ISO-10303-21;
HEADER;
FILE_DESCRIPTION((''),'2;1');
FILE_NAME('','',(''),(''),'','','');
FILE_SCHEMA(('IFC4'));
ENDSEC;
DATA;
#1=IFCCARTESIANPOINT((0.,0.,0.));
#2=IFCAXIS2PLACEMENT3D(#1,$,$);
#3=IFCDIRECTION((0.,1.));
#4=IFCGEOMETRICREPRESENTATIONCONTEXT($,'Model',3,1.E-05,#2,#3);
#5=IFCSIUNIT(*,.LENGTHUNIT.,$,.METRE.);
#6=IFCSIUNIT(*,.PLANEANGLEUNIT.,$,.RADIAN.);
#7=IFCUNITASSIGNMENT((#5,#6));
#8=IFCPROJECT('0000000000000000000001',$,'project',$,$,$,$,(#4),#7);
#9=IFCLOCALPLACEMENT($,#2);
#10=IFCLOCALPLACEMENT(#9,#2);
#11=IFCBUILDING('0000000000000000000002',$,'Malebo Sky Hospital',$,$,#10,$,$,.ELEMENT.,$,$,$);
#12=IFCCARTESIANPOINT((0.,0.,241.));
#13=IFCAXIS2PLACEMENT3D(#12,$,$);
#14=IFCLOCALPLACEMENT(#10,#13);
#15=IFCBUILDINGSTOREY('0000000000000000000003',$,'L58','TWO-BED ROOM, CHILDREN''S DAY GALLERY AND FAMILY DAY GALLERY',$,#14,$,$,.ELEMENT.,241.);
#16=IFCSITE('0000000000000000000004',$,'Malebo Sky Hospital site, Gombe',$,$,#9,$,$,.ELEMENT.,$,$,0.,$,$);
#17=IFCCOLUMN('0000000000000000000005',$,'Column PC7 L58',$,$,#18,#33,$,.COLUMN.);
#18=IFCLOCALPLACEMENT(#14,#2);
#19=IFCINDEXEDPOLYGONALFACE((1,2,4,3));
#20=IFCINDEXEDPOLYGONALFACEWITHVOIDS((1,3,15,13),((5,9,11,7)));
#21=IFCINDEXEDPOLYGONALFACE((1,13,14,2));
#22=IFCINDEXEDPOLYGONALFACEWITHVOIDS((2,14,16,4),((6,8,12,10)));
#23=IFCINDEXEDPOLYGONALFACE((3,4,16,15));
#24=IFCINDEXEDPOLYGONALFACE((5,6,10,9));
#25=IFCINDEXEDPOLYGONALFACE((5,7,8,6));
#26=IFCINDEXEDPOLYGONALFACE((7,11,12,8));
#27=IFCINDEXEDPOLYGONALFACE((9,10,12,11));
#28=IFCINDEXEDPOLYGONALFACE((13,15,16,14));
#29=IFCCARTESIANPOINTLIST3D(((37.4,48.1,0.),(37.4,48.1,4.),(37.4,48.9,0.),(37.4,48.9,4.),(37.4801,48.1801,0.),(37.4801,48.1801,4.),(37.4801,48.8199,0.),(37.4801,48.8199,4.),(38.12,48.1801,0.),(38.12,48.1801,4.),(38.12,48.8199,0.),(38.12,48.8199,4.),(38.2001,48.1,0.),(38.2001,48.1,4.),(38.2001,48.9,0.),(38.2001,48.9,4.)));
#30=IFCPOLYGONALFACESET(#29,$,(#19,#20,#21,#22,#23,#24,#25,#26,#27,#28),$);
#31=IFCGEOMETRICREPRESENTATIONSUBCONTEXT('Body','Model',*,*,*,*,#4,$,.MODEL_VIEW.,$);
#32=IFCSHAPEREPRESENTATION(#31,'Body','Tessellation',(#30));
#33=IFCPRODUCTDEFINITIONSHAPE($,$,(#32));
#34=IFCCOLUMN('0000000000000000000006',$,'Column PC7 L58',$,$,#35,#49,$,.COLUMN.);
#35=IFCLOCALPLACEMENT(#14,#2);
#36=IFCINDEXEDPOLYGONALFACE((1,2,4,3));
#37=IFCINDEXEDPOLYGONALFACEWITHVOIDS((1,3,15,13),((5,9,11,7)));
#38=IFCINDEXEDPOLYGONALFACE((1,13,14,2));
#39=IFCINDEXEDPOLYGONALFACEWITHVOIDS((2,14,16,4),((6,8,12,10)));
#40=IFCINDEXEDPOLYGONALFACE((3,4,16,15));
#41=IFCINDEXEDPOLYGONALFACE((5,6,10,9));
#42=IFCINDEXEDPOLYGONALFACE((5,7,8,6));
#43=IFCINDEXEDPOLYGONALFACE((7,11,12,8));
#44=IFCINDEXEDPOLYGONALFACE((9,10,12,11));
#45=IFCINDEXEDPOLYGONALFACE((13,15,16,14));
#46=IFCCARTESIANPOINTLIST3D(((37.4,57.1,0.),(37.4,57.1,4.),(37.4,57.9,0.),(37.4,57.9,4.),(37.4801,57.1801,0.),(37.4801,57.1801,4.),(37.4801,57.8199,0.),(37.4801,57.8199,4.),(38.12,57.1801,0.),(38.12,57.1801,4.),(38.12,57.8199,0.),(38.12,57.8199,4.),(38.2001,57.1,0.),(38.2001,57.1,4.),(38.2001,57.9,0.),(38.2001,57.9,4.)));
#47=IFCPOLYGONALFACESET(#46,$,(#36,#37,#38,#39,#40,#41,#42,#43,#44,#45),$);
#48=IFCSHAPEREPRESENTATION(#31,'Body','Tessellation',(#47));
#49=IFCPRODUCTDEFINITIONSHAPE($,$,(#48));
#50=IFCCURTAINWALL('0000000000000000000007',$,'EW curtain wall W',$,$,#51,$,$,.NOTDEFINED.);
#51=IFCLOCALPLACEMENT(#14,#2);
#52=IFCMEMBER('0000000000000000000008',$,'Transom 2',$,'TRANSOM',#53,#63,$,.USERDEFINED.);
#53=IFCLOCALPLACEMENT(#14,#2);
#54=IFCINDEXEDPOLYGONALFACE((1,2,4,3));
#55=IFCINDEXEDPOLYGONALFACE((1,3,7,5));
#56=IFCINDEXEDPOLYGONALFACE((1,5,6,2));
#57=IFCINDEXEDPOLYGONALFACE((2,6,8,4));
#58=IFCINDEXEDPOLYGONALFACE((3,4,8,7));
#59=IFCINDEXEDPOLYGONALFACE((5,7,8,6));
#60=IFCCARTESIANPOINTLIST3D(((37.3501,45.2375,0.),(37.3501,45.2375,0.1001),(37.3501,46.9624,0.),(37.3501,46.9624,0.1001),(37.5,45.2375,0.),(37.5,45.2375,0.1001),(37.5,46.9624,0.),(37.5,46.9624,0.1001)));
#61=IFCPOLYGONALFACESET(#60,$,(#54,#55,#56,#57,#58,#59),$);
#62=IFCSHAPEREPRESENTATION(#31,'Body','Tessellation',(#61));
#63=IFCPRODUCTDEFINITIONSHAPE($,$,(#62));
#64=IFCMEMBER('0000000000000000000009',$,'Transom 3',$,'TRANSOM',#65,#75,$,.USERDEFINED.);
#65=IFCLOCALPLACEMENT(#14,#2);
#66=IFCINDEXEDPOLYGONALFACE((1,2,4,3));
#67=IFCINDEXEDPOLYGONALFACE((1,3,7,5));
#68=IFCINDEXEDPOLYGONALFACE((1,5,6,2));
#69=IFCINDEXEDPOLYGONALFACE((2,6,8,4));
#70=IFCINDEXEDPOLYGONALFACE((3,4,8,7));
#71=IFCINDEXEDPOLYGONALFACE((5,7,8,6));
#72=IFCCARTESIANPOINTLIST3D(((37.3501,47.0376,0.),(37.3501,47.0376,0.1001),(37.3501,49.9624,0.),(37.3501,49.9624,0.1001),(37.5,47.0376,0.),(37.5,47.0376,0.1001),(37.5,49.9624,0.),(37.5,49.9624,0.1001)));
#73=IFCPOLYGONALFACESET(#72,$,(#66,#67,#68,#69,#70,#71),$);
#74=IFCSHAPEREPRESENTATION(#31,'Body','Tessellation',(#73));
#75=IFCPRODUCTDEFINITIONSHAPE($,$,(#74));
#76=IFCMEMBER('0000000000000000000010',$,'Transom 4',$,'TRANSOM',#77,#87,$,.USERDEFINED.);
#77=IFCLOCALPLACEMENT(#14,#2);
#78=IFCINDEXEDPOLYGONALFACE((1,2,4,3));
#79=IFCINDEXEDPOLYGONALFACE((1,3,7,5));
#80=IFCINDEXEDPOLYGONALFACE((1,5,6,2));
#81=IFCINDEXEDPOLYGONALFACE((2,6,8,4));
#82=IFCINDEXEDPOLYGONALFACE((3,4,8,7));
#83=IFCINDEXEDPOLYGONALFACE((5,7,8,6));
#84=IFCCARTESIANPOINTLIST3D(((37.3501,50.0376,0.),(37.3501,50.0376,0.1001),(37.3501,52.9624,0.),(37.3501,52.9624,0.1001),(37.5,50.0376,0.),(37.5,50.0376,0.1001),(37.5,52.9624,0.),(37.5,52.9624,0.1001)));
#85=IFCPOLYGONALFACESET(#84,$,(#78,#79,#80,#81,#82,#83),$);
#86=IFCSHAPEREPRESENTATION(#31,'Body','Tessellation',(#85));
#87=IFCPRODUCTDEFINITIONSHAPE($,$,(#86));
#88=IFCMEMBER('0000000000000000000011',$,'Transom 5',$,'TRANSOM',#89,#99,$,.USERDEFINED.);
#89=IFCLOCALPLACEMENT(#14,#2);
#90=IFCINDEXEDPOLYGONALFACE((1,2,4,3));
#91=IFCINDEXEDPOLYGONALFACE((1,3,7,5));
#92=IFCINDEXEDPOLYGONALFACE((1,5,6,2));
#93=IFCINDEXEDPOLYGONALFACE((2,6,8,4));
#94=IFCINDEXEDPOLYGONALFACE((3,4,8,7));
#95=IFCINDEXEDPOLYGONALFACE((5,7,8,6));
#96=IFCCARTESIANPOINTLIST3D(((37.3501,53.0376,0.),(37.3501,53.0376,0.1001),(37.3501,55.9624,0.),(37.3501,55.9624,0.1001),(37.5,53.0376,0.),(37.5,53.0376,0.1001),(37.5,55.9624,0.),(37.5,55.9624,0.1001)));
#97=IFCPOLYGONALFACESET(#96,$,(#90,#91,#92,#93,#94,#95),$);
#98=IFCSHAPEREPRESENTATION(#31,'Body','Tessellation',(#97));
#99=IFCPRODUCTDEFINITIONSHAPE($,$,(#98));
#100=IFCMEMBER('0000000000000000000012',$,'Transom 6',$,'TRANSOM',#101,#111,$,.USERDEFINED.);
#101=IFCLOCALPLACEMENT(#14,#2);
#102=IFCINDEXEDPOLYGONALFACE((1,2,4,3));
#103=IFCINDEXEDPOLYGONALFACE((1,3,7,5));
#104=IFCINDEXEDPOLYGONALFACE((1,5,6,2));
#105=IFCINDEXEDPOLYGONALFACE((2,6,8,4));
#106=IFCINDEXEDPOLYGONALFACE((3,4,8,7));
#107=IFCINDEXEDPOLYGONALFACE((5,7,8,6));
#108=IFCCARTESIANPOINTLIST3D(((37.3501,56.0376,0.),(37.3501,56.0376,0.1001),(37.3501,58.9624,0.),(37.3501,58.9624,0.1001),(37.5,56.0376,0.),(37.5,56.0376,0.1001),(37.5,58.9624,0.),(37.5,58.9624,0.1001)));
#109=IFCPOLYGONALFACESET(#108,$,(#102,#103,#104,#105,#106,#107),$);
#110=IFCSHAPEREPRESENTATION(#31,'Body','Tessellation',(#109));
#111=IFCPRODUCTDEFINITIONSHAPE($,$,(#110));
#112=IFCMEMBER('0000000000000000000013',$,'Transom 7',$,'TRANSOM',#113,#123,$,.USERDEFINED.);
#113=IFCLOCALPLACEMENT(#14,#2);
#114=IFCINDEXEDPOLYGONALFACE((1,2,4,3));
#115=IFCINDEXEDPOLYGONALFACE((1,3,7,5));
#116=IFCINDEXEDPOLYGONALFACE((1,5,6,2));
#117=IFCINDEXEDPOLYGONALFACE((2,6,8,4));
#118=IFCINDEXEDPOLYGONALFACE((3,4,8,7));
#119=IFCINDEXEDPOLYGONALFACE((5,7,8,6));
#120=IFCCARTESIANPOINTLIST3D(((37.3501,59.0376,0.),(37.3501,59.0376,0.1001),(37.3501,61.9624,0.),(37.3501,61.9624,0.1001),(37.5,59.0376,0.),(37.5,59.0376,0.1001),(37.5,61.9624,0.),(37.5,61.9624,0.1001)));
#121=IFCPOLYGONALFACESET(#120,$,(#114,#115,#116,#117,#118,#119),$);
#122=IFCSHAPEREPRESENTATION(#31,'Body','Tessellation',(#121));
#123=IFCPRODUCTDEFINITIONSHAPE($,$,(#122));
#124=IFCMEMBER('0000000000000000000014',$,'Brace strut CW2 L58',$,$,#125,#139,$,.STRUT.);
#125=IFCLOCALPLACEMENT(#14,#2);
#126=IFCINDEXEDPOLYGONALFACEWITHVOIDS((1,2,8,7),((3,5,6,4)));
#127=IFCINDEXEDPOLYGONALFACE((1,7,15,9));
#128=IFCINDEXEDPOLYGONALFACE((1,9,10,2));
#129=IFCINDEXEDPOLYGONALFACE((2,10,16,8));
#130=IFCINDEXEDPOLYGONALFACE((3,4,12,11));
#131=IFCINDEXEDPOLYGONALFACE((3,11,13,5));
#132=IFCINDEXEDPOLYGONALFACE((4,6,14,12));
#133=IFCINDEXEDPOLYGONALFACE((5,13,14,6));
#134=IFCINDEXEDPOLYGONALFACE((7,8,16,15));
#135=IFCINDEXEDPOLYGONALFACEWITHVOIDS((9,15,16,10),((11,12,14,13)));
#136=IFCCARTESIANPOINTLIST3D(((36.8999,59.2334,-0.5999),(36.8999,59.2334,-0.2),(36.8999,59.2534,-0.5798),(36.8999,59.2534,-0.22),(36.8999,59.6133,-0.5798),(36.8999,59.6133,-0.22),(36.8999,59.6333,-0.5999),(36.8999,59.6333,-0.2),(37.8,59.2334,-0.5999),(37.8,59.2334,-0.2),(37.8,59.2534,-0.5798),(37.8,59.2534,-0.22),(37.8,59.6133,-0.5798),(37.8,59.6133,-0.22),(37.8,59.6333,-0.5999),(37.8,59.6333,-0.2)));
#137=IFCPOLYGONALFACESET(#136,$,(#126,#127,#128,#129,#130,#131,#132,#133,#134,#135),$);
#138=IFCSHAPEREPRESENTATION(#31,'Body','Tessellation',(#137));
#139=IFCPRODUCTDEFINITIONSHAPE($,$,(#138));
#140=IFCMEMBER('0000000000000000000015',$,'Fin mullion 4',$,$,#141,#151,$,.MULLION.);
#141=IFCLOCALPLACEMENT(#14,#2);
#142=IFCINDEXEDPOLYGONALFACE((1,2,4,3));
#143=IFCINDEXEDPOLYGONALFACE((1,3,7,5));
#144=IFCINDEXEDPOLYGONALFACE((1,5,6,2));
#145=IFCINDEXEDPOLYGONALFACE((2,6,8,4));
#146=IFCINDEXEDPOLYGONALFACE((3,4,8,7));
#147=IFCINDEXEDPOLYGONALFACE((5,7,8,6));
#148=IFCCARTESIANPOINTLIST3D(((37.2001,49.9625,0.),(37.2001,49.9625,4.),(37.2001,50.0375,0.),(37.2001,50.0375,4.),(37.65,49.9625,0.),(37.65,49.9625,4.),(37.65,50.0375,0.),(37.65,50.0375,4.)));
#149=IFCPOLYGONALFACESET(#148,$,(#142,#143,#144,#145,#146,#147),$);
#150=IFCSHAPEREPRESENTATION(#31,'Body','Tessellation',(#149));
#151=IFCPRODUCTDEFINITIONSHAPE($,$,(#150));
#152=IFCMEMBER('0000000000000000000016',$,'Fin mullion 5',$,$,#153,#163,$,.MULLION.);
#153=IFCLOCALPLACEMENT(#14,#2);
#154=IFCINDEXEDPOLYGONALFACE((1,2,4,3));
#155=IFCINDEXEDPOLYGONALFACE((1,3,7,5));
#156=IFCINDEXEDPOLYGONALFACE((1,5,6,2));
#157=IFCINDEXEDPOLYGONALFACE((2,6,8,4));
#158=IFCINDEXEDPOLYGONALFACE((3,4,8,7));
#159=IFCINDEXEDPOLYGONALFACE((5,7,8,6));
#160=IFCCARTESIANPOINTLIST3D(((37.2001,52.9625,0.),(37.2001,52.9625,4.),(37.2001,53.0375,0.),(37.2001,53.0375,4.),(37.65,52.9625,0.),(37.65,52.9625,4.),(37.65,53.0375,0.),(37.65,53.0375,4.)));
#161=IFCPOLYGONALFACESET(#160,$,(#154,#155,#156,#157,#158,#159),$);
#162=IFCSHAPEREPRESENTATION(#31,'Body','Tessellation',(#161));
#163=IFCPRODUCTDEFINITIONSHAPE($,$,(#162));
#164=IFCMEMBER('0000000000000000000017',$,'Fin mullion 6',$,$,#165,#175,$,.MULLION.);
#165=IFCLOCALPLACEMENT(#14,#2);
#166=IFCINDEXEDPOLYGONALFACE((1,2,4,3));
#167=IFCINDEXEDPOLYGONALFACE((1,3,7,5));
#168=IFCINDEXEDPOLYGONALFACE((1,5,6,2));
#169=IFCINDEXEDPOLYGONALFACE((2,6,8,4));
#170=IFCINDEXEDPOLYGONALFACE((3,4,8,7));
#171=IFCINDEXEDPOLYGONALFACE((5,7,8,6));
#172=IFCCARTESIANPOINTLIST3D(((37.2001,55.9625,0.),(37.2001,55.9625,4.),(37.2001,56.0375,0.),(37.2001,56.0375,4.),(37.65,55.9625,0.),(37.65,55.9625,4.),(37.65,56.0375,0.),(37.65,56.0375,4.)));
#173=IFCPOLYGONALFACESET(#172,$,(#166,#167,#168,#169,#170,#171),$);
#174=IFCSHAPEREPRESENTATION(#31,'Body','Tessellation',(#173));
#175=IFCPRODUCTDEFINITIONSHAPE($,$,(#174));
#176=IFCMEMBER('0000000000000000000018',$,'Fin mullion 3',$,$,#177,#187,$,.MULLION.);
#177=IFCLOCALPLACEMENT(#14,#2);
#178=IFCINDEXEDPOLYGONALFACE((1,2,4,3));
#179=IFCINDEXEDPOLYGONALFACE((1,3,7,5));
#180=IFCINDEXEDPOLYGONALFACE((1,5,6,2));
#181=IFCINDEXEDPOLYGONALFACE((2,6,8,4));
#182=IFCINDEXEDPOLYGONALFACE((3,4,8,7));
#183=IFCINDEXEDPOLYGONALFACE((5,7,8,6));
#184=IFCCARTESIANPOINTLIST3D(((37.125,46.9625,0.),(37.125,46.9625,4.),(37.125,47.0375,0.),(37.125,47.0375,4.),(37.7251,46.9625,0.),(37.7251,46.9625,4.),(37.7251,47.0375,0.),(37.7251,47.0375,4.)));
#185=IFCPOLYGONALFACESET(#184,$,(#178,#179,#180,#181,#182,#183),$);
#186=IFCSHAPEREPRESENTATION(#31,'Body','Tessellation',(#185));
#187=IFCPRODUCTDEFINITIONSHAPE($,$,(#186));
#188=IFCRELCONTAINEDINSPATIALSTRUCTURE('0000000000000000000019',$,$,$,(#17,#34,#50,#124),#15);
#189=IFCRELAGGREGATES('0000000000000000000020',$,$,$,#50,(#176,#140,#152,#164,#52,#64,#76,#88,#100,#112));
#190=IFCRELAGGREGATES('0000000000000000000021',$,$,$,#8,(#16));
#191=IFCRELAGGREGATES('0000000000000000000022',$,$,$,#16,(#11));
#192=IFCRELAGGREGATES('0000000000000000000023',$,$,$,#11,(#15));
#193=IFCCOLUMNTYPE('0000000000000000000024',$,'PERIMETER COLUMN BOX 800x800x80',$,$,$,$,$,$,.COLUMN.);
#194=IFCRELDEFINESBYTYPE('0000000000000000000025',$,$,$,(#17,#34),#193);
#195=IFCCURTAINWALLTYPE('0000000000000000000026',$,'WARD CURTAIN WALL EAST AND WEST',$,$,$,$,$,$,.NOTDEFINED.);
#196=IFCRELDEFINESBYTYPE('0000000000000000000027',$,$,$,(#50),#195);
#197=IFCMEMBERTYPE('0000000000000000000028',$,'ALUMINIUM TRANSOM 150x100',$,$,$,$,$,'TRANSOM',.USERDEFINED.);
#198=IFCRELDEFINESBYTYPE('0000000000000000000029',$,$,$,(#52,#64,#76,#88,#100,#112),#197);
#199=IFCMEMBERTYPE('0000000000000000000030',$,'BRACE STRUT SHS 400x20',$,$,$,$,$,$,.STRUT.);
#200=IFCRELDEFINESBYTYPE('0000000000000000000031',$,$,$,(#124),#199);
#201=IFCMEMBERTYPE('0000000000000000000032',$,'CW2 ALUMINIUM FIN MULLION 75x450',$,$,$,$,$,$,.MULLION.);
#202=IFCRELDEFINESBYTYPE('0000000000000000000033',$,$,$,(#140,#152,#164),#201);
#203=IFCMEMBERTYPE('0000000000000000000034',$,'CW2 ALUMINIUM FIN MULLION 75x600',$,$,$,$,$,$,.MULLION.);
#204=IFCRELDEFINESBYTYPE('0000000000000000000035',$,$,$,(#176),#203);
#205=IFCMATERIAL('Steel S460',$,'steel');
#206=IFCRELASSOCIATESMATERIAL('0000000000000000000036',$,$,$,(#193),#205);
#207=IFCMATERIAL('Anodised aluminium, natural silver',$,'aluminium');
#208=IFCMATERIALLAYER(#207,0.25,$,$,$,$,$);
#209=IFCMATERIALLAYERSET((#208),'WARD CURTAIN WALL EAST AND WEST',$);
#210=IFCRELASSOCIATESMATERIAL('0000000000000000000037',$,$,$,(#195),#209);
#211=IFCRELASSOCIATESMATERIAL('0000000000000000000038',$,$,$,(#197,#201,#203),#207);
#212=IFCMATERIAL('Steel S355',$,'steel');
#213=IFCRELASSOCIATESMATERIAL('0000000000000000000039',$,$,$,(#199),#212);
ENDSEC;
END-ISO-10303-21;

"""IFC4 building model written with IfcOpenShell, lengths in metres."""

from ifc_helpers import new_model, si_unit, direction, frame, origin, origin_2d, place, context, subcontext, project, spatial, rectangle, hollow_rectangle, extrude, material, layer, layer_set, material_profile, profile_set, type_object, element, aggregate, save


model = new_model("IFC4")

# Units and contexts
model_context = context("Model", 3, precision=1e-05, world=origin(), true_north=direction((0.0, 1.0)))
body_context = subcontext(model_context, "Body", "Model", "MODEL_VIEW")
ifc_project = project(units=[si_unit("LENGTHUNIT", "METRE"), si_unit("PLANEANGLEUNIT", "RADIAN")], contexts=[model_context])

# Site, building, storey
site_placement = place(None, origin())
site = spatial("IfcSite", under=ifc_project, at=site_placement, Name="Malebo Sky Hospital site, Gombe", CompositionType="ELEMENT", RefElevation=0.0)
building_placement = place(site_placement, origin())
building = spatial("IfcBuilding", under=site, at=building_placement, Name="Malebo Sky Hospital", CompositionType="ELEMENT")
storey_placement = place(building_placement, frame((0.0, 0.0, 241.0)))
storey = spatial("IfcBuildingStorey", under=building, at=storey_placement, Name="L58", Description="TWO-BED ROOM, CHILDREN'S DAY GALLERY AND FAMILY DAY GALLERY", CompositionType="ELEMENT", Elevation=241.0)

# Columns
ifc_material_1 = material(Name="Steel S460", Category="steel")
ifc_material_profile_1 = material_profile(ifc_material_1, hollow_rectangle(XDim=0.8, YDim=0.8, WallThickness=0.0801, at=origin_2d()), Name="BOX 800x800x80")
ifc_profile_set_1 = profile_set([ifc_material_profile_1], Name="Steel S460")
column_type = type_object("IfcColumnType", Name="PERIMETER COLUMN BOX 800x800x80", PredefinedType="COLUMN", material=ifc_profile_set_1)
for number, where, z_axis, x_axis, name in (
    (1, (37.8, 48.5, 0.0), (0.0, 0.0, 1.0), (1.0, 0.0, 0.0), "Column PC7 L58"),
    (2, (37.8, 57.5, 0.0), (0.0, 0.0, 1.0), (1.0, 0.0, 0.0), "Column PC7 L58"),
):
    element("IfcColumn", number, at=place(storey_placement, frame(where, z_axis=z_axis, x_axis=x_axis)), inside=storey, type_object=column_type, Name=name, PredefinedType="COLUMN", context=body_context, shape_type="SweptSolid", body=[
        extrude(hollow_rectangle(XDim=0.8, YDim=0.8, WallThickness=0.0801, at=origin_2d()), origin(), (0.0, 0.0, 1.0), 4.0),
    ])

# Curtain wall, members
ifc_material_2 = material(Name="Anodised aluminium, natural silver", Category="aluminium")
ifc_layer_1 = layer(ifc_material_2, 0.25)
ifc_layer_set_1 = layer_set([ifc_layer_1], Name="WARD CURTAIN WALL EAST AND WEST")
curtain_wall_type = type_object("IfcCurtainWallType", Name="WARD CURTAIN WALL EAST AND WEST", PredefinedType="NOTDEFINED", material=ifc_layer_set_1)
curtain_wall_placement = place(storey_placement, origin())
curtain_wall = element("IfcCurtainWall", 3, at=curtain_wall_placement, inside=storey, type_object=curtain_wall_type, Name="EW curtain wall W", PredefinedType="NOTDEFINED")
ifc_material_profile_2 = material_profile(ifc_material_2, rectangle(XDim=0.1499, YDim=0.1001, at=origin_2d()), Name="ALUMINIUM TRANSOM 150x100")
ifc_profile_set_2 = profile_set([ifc_material_profile_2], Name="Anodised aluminium, natural silver")
member_type_1 = type_object("IfcMemberType", Name="ALUMINIUM TRANSOM 150x100", ElementType="TRANSOM", PredefinedType="USERDEFINED", material=ifc_profile_set_2)
member_1_placement = place(storey_placement, frame((37.425, 45.2375, 0.05), z_axis=(0.0, 1.0, 0.0), x_axis=(-1.0, 0.0, 0.0)))
member_1 = element("IfcMember", 4, at=member_1_placement, type_object=member_type_1, Name="Transom 2", ObjectType="TRANSOM", PredefinedType="USERDEFINED", context=body_context, shape_type="SweptSolid", body=[
    extrude(rectangle(XDim=0.1499, YDim=0.1001, at=origin_2d()), origin(), (0.0, 0.0, 1.0), 1.7249),
])
member_2_placement = place(storey_placement, frame((37.425, 47.0376, 0.05), z_axis=(0.0, 1.0, 0.0), x_axis=(-1.0, 0.0, 0.0)))
member_2 = element("IfcMember", 5, at=member_2_placement, type_object=member_type_1, Name="Transom 3", ObjectType="TRANSOM", PredefinedType="USERDEFINED", context=body_context, shape_type="SweptSolid", body=[
    extrude(rectangle(XDim=0.1499, YDim=0.1001, at=origin_2d()), origin(), (0.0, 0.0, 1.0), 2.9248),
])
member_3_placement = place(storey_placement, frame((37.425, 50.0376, 0.05), z_axis=(0.0, 1.0, 0.0), x_axis=(-1.0, 0.0, 0.0)))
member_3 = element("IfcMember", 6, at=member_3_placement, type_object=member_type_1, Name="Transom 4", ObjectType="TRANSOM", PredefinedType="USERDEFINED", context=body_context, shape_type="SweptSolid", body=[
    extrude(rectangle(XDim=0.1499, YDim=0.1001, at=origin_2d()), origin(), (0.0, 0.0, 1.0), 2.9248),
])
member_4_placement = place(storey_placement, frame((37.425, 53.0376, 0.05), z_axis=(0.0, 1.0, 0.0), x_axis=(-1.0, 0.0, 0.0)))
member_4 = element("IfcMember", 7, at=member_4_placement, type_object=member_type_1, Name="Transom 5", ObjectType="TRANSOM", PredefinedType="USERDEFINED", context=body_context, shape_type="SweptSolid", body=[
    extrude(rectangle(XDim=0.1499, YDim=0.1001, at=origin_2d()), origin(), (0.0, 0.0, 1.0), 2.9248),
])
member_5_placement = place(storey_placement, frame((37.425, 56.0376, 0.05), z_axis=(0.0, 1.0, 0.0), x_axis=(-1.0, 0.0, 0.0)))
member_5 = element("IfcMember", 8, at=member_5_placement, type_object=member_type_1, Name="Transom 6", ObjectType="TRANSOM", PredefinedType="USERDEFINED", context=body_context, shape_type="SweptSolid", body=[
    extrude(rectangle(XDim=0.1499, YDim=0.1001, at=origin_2d()), origin(), (0.0, 0.0, 1.0), 2.9248),
])
member_6_placement = place(storey_placement, frame((37.425, 59.0376, 0.05), z_axis=(0.0, 1.0, 0.0), x_axis=(-1.0, 0.0, 0.0)))
member_6 = element("IfcMember", 9, at=member_6_placement, type_object=member_type_1, Name="Transom 7", ObjectType="TRANSOM", PredefinedType="USERDEFINED", context=body_context, shape_type="SweptSolid", body=[
    extrude(rectangle(XDim=0.1499, YDim=0.1001, at=origin_2d()), origin(), (0.0, 0.0, 1.0), 2.9248),
])

# Members
ifc_material_3 = material(Name="Steel S355", Category="steel")
ifc_material_profile_3 = material_profile(ifc_material_3, hollow_rectangle(XDim=0.3999, YDim=0.3999, WallThickness=0.02, at=origin_2d()), Name="SHS 400x20")
ifc_profile_set_3 = profile_set([ifc_material_profile_3], Name="Steel S355")
member_type_2 = type_object("IfcMemberType", Name="BRACE STRUT SHS 400x20", PredefinedType="STRUT", material=ifc_profile_set_3)
member_7_placement = place(storey_placement, frame((36.8999, 59.4333, -0.3999), z_axis=(1.0, 0.0, 0.0), x_axis=(0.0, 1.0, 0.0)))
element("IfcMember", 10, at=member_7_placement, inside=storey, type_object=member_type_2, Name="Brace strut CW2 L58", PredefinedType="STRUT", context=body_context, shape_type="SweptSolid", body=[
    extrude(hollow_rectangle(XDim=0.3999, YDim=0.3999, WallThickness=0.02, at=origin_2d()), origin(), (0.0, 0.0, 1.0), 0.9001),
])
ifc_material_profile_4 = material_profile(ifc_material_2, rectangle(XDim=0.075, YDim=0.45, at=origin_2d()), Name="CW2 ALUMINIUM FIN MULLION 75x450")
ifc_profile_set_4 = profile_set([ifc_material_profile_4], Name="Anodised aluminium, natural silver")
member_type_3 = type_object("IfcMemberType", Name="CW2 ALUMINIUM FIN MULLION 75x450", PredefinedType="MULLION", material=ifc_profile_set_4)
member_8_placement = place(storey_placement, frame((37.425, 50.0, 0.0), z_axis=(0.0, 0.0, 1.0), x_axis=(0.0, 1.0, 0.0)))
member_8 = element("IfcMember", 11, at=member_8_placement, type_object=member_type_3, Name="Fin mullion 4", PredefinedType="MULLION", context=body_context, shape_type="SweptSolid", body=[
    extrude(rectangle(XDim=0.075, YDim=0.45, at=origin_2d()), origin(), (0.0, 0.0, 1.0), 4.0),
])
member_9_placement = place(storey_placement, frame((37.425, 53.0, 0.0), z_axis=(0.0, 0.0, 1.0), x_axis=(0.0, 1.0, 0.0)))
member_9 = element("IfcMember", 12, at=member_9_placement, type_object=member_type_3, Name="Fin mullion 5", PredefinedType="MULLION", context=body_context, shape_type="SweptSolid", body=[
    extrude(rectangle(XDim=0.075, YDim=0.45, at=origin_2d()), origin(), (0.0, 0.0, 1.0), 4.0),
])
member_10_placement = place(storey_placement, frame((37.425, 56.0, 0.0), z_axis=(0.0, 0.0, 1.0), x_axis=(0.0, 1.0, 0.0)))
member_10 = element("IfcMember", 13, at=member_10_placement, type_object=member_type_3, Name="Fin mullion 6", PredefinedType="MULLION", context=body_context, shape_type="SweptSolid", body=[
    extrude(rectangle(XDim=0.075, YDim=0.45, at=origin_2d()), origin(), (0.0, 0.0, 1.0), 4.0),
])
ifc_material_profile_5 = material_profile(ifc_material_2, rectangle(XDim=0.075, YDim=0.6001, at=origin_2d()), Name="CW2 ALUMINIUM FIN MULLION 75x600")
ifc_profile_set_5 = profile_set([ifc_material_profile_5], Name="Anodised aluminium, natural silver")
member_type_4 = type_object("IfcMemberType", Name="CW2 ALUMINIUM FIN MULLION 75x600", PredefinedType="MULLION", material=ifc_profile_set_5)
member_11_placement = place(storey_placement, frame((37.425, 47.0, 0.0), z_axis=(0.0, 0.0, 1.0), x_axis=(0.0, 1.0, 0.0)))
member_11 = element("IfcMember", 14, at=member_11_placement, type_object=member_type_4, Name="Fin mullion 3", PredefinedType="MULLION", context=body_context, shape_type="SweptSolid", body=[
    extrude(rectangle(XDim=0.075, YDim=0.6001, at=origin_2d()), origin(), (0.0, 0.0, 1.0), 4.0),
])

aggregate(curtain_wall, [member_11, member_8, member_9, member_10, member_1, member_2, member_3, member_4, member_5, member_6])

save(model, "model.ifc")
